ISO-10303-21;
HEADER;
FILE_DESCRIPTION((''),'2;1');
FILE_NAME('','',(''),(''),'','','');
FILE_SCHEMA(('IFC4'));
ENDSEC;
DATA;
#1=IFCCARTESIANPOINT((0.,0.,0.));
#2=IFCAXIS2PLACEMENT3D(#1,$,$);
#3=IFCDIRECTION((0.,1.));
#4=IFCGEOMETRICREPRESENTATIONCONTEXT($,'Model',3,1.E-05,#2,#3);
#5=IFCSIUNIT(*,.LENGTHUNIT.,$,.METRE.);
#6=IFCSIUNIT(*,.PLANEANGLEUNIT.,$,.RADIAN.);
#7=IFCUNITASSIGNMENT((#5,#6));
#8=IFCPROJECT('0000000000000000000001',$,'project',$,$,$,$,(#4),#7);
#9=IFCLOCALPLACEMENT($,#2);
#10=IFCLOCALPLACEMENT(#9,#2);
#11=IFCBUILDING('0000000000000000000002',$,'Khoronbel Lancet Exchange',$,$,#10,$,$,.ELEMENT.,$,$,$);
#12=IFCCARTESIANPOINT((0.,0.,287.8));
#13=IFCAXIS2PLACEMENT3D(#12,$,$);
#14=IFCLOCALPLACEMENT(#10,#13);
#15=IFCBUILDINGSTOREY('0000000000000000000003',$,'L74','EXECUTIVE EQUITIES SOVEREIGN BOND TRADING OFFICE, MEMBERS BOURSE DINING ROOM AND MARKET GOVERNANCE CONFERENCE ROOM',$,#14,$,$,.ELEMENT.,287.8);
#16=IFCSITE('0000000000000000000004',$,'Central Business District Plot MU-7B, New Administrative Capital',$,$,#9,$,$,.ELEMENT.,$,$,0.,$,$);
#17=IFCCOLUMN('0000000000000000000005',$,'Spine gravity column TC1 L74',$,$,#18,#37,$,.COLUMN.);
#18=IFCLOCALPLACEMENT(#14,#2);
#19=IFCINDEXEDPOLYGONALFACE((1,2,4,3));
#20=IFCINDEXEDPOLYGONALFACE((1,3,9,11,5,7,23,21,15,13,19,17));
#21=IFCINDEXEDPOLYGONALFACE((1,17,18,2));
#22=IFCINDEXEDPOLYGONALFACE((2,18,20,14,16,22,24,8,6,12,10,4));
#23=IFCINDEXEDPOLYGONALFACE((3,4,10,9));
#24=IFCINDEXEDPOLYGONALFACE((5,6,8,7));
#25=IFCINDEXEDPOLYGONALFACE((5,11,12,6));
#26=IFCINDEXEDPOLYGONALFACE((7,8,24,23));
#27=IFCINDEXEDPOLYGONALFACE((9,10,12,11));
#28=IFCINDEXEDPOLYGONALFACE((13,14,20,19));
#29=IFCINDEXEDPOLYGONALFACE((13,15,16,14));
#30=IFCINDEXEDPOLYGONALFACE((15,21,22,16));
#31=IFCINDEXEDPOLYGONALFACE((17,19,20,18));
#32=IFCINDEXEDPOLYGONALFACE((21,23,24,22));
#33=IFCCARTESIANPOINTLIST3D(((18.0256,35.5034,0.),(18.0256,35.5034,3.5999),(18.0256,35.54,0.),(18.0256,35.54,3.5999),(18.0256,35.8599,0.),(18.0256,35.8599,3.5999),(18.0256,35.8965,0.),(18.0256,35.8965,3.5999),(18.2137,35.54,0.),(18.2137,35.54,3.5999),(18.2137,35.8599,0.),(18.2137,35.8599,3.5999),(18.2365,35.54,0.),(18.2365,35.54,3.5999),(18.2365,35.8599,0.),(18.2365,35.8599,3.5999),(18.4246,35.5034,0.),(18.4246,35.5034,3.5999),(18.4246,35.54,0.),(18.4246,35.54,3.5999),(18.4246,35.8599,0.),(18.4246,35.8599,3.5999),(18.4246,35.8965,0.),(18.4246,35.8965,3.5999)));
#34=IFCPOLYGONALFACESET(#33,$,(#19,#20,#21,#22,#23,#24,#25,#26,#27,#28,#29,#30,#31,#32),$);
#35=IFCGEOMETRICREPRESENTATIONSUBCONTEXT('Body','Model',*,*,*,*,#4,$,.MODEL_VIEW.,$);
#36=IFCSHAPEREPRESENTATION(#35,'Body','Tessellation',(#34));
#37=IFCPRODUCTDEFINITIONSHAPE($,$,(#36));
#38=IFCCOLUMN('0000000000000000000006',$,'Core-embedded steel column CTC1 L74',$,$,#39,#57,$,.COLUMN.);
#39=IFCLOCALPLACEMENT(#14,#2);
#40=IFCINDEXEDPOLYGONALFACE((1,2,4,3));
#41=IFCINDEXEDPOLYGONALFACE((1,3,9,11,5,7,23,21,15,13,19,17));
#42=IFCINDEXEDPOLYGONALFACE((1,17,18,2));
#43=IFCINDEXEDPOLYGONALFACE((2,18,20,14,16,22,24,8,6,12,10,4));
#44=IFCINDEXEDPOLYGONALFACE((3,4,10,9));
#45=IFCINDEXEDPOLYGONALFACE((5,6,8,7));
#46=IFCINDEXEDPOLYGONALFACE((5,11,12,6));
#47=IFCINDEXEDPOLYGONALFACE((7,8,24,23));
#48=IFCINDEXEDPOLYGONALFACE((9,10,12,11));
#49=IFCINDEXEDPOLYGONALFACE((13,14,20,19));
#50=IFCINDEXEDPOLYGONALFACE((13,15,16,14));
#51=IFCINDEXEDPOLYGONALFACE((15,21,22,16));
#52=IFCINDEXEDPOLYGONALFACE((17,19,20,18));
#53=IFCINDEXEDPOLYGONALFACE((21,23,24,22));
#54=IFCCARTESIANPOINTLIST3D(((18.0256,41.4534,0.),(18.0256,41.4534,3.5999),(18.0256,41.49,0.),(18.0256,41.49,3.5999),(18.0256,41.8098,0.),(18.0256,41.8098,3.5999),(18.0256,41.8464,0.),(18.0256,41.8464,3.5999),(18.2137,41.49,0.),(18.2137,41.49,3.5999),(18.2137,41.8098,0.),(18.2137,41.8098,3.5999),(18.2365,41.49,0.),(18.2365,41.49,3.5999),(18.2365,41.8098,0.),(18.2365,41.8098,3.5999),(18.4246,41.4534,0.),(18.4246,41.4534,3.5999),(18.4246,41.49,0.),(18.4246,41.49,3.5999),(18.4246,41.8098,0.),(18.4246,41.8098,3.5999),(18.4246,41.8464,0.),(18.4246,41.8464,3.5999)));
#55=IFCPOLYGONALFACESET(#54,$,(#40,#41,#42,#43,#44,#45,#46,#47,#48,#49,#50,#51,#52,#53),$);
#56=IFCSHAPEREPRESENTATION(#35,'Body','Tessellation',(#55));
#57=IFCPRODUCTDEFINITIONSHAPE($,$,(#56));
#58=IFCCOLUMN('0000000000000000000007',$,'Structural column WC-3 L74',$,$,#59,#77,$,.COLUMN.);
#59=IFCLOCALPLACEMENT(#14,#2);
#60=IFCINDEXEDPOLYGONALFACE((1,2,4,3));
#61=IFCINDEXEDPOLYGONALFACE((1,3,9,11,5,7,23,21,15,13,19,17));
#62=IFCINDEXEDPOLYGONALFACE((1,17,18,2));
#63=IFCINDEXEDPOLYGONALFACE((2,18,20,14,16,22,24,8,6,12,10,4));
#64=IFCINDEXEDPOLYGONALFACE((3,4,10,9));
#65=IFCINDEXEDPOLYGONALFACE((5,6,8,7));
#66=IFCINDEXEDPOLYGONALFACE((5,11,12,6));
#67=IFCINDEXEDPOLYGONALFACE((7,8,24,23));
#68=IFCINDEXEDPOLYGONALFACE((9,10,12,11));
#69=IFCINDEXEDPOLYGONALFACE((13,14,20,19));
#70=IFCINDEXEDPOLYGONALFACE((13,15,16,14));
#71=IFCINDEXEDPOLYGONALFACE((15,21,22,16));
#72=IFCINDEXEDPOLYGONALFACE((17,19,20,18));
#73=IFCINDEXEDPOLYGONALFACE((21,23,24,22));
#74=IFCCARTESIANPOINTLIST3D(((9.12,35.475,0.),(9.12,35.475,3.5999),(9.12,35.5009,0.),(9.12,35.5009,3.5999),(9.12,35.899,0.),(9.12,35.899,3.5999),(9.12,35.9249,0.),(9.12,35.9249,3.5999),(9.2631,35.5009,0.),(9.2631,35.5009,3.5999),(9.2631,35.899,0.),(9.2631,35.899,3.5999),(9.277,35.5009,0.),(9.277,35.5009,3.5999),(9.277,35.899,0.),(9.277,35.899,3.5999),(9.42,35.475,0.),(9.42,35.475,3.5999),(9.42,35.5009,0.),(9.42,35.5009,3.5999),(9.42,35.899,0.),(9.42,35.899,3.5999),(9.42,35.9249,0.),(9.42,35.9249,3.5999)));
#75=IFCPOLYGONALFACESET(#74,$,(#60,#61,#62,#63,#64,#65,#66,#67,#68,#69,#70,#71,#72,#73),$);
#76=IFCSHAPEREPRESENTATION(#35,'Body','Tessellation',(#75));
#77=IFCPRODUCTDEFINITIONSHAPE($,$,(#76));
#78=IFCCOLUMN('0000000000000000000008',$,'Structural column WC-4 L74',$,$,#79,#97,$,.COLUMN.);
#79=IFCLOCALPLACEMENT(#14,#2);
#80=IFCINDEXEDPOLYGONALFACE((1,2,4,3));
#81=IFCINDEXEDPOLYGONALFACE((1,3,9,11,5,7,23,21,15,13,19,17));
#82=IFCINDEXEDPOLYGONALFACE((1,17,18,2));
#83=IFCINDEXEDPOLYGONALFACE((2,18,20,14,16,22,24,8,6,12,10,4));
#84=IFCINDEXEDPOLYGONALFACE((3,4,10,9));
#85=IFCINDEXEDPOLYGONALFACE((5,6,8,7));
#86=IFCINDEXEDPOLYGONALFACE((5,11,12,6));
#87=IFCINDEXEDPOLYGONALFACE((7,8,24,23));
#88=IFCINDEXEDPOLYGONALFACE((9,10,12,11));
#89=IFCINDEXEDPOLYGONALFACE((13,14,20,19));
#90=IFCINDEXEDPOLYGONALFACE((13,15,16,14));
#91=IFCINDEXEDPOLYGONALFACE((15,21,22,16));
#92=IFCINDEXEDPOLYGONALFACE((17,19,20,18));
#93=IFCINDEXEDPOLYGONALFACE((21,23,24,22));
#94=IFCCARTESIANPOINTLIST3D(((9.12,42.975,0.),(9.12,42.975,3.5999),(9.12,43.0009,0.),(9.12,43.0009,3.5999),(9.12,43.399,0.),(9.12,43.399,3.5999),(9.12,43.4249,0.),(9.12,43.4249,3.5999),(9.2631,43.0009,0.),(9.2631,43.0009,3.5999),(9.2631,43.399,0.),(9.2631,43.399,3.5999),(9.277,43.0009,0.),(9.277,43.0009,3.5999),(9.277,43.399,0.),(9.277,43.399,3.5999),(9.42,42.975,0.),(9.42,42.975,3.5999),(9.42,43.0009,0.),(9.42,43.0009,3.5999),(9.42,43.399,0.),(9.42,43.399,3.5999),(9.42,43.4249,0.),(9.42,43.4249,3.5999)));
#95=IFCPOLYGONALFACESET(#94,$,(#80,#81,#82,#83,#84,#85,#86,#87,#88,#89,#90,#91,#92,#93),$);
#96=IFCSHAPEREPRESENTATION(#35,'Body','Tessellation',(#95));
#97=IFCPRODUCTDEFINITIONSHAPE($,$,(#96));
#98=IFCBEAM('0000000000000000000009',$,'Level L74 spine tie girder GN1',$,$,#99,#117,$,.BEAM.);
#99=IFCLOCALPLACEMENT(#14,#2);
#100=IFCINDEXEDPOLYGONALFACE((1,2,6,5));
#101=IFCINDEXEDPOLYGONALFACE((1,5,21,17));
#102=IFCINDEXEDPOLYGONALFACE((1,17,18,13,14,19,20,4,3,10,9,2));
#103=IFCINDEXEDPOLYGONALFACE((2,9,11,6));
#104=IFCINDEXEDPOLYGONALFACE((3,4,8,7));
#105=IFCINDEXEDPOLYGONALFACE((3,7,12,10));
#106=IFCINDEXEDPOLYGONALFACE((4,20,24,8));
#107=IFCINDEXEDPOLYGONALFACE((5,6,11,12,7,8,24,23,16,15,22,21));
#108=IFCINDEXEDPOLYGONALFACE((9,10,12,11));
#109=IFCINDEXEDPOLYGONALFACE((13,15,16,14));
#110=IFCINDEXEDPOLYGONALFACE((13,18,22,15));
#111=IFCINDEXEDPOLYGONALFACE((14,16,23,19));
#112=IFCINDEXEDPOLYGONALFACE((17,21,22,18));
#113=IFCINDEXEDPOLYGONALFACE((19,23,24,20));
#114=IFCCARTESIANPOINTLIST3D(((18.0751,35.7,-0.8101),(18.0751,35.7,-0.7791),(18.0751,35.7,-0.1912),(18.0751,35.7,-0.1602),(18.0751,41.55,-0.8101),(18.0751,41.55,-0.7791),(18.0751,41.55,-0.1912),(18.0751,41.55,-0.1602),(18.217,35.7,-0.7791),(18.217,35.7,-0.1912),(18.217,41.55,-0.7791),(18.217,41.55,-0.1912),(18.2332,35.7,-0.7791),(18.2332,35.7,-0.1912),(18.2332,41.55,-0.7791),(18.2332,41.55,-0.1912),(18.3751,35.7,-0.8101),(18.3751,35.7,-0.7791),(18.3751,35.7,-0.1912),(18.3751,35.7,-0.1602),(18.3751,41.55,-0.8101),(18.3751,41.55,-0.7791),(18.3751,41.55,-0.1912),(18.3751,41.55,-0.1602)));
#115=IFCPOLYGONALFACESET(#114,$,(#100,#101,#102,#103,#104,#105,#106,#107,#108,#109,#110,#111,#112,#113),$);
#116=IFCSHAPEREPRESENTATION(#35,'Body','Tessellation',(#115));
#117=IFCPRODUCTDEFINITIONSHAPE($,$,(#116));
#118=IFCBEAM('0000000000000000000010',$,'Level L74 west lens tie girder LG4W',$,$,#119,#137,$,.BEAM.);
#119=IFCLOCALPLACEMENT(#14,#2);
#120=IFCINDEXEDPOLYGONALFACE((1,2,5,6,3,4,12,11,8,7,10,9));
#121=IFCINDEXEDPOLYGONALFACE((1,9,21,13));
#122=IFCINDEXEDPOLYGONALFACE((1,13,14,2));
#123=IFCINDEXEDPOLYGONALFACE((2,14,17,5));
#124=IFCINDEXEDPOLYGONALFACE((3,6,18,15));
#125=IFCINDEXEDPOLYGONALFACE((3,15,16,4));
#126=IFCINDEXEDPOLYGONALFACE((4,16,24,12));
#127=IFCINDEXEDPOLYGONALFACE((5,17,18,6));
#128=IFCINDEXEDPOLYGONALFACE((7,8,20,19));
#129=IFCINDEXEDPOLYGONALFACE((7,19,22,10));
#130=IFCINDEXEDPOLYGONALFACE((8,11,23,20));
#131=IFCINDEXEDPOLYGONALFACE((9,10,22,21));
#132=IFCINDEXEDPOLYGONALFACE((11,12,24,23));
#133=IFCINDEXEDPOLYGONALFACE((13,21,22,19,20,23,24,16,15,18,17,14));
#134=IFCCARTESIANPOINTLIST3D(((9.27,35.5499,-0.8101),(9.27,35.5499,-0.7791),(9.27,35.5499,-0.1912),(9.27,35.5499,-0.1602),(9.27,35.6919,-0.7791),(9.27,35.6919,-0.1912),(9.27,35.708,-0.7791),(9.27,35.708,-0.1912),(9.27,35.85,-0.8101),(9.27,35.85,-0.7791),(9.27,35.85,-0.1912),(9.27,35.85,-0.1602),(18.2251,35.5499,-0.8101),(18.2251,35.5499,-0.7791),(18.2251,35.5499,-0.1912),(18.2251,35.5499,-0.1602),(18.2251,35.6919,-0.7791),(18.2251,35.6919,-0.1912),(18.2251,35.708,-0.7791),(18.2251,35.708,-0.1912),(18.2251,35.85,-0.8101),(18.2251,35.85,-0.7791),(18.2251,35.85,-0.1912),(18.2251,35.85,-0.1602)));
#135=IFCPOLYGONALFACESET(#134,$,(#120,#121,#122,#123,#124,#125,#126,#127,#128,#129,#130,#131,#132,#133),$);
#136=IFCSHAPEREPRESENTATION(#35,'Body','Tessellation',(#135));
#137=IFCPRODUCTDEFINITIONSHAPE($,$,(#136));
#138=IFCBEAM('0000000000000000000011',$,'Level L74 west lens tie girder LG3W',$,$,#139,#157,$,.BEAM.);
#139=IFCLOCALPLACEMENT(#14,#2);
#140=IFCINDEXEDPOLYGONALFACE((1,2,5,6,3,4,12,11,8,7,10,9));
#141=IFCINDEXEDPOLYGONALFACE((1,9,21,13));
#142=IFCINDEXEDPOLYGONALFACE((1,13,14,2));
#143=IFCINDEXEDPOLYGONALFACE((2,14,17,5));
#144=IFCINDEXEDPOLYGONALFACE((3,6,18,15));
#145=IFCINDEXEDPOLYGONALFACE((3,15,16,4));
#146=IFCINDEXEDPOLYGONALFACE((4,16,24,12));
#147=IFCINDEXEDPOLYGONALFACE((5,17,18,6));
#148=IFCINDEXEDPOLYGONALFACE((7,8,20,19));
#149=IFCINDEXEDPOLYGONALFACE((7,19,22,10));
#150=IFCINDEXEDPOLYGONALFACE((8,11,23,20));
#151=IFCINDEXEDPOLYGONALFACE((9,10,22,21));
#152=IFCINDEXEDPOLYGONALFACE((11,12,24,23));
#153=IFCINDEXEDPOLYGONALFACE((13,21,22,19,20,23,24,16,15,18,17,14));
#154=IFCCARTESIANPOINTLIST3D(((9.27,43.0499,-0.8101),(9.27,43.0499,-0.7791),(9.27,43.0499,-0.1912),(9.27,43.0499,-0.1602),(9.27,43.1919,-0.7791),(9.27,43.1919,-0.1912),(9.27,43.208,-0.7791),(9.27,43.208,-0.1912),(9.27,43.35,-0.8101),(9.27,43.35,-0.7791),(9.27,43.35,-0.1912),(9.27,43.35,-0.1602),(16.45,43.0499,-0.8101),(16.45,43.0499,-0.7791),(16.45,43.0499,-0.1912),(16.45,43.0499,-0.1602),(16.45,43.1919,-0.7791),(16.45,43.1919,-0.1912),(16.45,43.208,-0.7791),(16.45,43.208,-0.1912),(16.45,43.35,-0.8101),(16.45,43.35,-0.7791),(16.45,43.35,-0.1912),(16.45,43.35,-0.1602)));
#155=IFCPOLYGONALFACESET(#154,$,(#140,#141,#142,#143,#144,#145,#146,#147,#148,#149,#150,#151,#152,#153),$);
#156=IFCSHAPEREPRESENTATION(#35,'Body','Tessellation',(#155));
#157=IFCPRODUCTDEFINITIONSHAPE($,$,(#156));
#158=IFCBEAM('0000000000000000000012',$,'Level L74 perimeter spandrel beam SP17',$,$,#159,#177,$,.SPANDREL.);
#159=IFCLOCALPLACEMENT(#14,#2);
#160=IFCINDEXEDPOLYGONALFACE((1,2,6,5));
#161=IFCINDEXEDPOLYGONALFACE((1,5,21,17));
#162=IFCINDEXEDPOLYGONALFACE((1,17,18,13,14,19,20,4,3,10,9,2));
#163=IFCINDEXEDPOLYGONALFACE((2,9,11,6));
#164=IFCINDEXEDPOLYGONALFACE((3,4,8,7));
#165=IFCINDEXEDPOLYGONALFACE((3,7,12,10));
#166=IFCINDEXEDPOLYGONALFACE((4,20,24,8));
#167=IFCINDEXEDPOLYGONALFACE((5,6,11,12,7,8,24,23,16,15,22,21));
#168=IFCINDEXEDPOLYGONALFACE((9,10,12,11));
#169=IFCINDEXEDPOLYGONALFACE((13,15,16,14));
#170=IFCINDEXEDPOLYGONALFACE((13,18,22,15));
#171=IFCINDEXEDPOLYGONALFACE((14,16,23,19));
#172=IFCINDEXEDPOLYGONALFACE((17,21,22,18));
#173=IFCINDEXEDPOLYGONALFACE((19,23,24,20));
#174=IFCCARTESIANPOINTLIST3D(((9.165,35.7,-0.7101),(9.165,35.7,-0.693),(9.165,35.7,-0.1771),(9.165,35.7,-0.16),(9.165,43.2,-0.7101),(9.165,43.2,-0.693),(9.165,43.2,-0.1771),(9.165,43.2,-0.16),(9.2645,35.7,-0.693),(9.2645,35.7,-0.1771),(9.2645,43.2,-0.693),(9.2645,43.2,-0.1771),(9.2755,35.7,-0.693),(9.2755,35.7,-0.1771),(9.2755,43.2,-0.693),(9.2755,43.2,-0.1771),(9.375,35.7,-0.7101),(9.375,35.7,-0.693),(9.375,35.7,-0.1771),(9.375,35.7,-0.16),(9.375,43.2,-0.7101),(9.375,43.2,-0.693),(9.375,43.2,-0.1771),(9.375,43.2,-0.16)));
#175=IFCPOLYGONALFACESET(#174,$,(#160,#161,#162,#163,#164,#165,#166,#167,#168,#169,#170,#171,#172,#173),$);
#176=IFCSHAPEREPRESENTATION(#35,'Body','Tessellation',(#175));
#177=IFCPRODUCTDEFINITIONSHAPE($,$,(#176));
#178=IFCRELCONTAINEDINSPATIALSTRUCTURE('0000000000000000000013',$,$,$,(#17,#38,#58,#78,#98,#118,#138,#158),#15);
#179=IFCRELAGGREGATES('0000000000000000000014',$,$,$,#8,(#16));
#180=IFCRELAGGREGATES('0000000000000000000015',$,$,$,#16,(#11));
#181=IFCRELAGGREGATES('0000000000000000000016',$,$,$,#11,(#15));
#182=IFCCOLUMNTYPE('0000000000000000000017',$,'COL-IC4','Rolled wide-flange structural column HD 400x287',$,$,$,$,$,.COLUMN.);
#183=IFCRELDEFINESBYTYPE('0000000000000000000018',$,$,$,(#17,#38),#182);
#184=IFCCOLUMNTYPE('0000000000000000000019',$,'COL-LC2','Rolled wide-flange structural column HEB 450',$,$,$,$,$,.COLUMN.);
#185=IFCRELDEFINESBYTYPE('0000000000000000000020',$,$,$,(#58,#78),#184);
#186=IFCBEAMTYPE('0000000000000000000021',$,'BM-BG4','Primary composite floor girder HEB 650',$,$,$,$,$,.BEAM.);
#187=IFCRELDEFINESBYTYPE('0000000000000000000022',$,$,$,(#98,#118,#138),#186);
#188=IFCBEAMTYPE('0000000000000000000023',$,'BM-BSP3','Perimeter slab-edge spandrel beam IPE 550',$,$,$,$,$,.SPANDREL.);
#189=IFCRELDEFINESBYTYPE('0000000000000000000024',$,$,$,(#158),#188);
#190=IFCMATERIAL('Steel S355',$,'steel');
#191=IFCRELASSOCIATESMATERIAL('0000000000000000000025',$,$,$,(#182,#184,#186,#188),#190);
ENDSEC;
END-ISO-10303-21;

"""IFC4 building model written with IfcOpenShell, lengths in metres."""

from ifc_helpers import new_model, si_unit, direction, frame, origin, origin_2d, place, context, subcontext, project, spatial, i_section, extrude, material, material_profile, profile_set, type_object, element, save


model = new_model("IFC4")

# Units and contexts
model_context = context("Model", 3, precision=1e-05, world=origin(), true_north=direction((0.0, 1.0)))
body_context = subcontext(model_context, "Body", "Model", "MODEL_VIEW")
ifc_project = project(units=[si_unit("LENGTHUNIT", "METRE"), si_unit("PLANEANGLEUNIT", "RADIAN")], contexts=[model_context])

# Site, building, storey
site_placement = place(None, origin())
site = spatial("IfcSite", under=ifc_project, at=site_placement, Name="Central Business District Plot MU-7B, New Administrative Capital", CompositionType="ELEMENT", RefElevation=0.0)
building_placement = place(site_placement, origin())
building = spatial("IfcBuilding", under=site, at=building_placement, Name="Khoronbel Lancet Exchange", CompositionType="ELEMENT")
storey_placement = place(building_placement, frame((0.0, 0.0, 287.8)))
storey = spatial("IfcBuildingStorey", under=building, at=storey_placement, Name="L74", Description="EXECUTIVE EQUITIES SOVEREIGN BOND TRADING OFFICE, MEMBERS BOURSE DINING ROOM AND MARKET GOVERNANCE CONFERENCE ROOM", CompositionType="ELEMENT", Elevation=287.8)

# Columns
ifc_material_1 = material(Name="Steel S355", Category="steel")
ifc_material_profile_1 = material_profile(ifc_material_1, i_section(OverallWidth=0.3989, OverallDepth=0.3931, WebThickness=0.0227, FlangeThickness=0.0366, at=origin_2d()), Name="HD 400x287")
ifc_profile_set_1 = profile_set([ifc_material_profile_1], Name="Steel S355")
column_type_1 = type_object("IfcColumnType", Name="COL-IC4", Description="Rolled wide-flange structural column HD 400x287", PredefinedType="COLUMN", material=ifc_profile_set_1)
for number, where, z_axis, x_axis, name in (
    (1, (18.2251, 35.7, 0.0), (0.0, 0.0, 1.0), (1.0, 0.0, 0.0), "Spine gravity column TC1 L74"),
    (2, (18.2251, 41.6499, 0.0), (0.0, 0.0, 1.0), (1.0, 0.0, 0.0), "Core-embedded steel column CTC1 L74"),
):
    element("IfcColumn", number, at=place(storey_placement, frame(where, z_axis=z_axis, x_axis=x_axis)), inside=storey, type_object=column_type_1, Name=name, PredefinedType="COLUMN", context=body_context, shape_type="SweptSolid", body=[
        extrude(i_section(OverallWidth=0.3989, OverallDepth=0.3931, WebThickness=0.0227, FlangeThickness=0.0366, at=origin_2d()), origin(), (0.0, 0.0, 1.0), 3.5999),
    ])
ifc_material_profile_2 = material_profile(ifc_material_1, i_section(OverallWidth=0.3, OverallDepth=0.45, WebThickness=0.0139, FlangeThickness=0.0259, at=origin_2d()), Name="HEB 450")
ifc_profile_set_2 = profile_set([ifc_material_profile_2], Name="Steel S355")
column_type_2 = type_object("IfcColumnType", Name="COL-LC2", Description="Rolled wide-flange structural column HEB 450", PredefinedType="COLUMN", material=ifc_profile_set_2)
for number, where, z_axis, x_axis, name in (
    (3, (9.27, 35.7, 0.0), (0.0, 0.0, 1.0), (1.0, 0.0, 0.0), "Structural column WC-3 L74"),
    (4, (9.27, 43.2, 0.0), (0.0, 0.0, 1.0), (1.0, 0.0, 0.0), "Structural column WC-4 L74"),
):
    element("IfcColumn", number, at=place(storey_placement, frame(where, z_axis=z_axis, x_axis=x_axis)), inside=storey, type_object=column_type_2, Name=name, PredefinedType="COLUMN", context=body_context, shape_type="SweptSolid", body=[
        extrude(i_section(OverallWidth=0.3, OverallDepth=0.45, WebThickness=0.0139, FlangeThickness=0.0259, at=origin_2d()), origin(), (0.0, 0.0, 1.0), 3.5999),
    ])

# Beams
ifc_material_profile_3 = material_profile(ifc_material_1, i_section(OverallWidth=0.3, OverallDepth=0.6499, WebThickness=0.0161, FlangeThickness=0.031, at=origin_2d()), Name="HEB 650")
ifc_profile_set_3 = profile_set([ifc_material_profile_3], Name="Steel S355")
beam_type_1 = type_object("IfcBeamType", Name="BM-BG4", Description="Primary composite floor girder HEB 650", PredefinedType="BEAM", material=ifc_profile_set_3)
beam_1_placement = place(storey_placement, frame((18.2251, 35.7, -0.4851), z_axis=(0.0, 1.0, 0.0), x_axis=(-1.0, 0.0, 0.0)))
element("IfcBeam", 5, at=beam_1_placement, inside=storey, type_object=beam_type_1, Name="Level L74 spine tie girder GN1", PredefinedType="BEAM", context=body_context, shape_type="SweptSolid", body=[
    extrude(i_section(OverallWidth=0.3, OverallDepth=0.6499, WebThickness=0.0161, FlangeThickness=0.031, at=origin_2d()), origin(), (0.0, 0.0, 1.0), 5.8501),
])
beam_2_placement = place(storey_placement, frame((9.27, 35.7, -0.4851), z_axis=(1.0, 0.0, 0.0), x_axis=(0.0, 1.0, 0.0)))
element("IfcBeam", 6, at=beam_2_placement, inside=storey, type_object=beam_type_1, Name="Level L74 west lens tie girder LG4W", PredefinedType="BEAM", context=body_context, shape_type="SweptSolid", body=[
    extrude(i_section(OverallWidth=0.3, OverallDepth=0.6499, WebThickness=0.0161, FlangeThickness=0.031, at=origin_2d()), origin(), (0.0, 0.0, 1.0), 8.9551),
])
beam_3_placement = place(storey_placement, frame((9.27, 43.2, -0.4851), z_axis=(1.0, 0.0, 0.0), x_axis=(0.0, 1.0, 0.0)))
element("IfcBeam", 7, at=beam_3_placement, inside=storey, type_object=beam_type_1, Name="Level L74 west lens tie girder LG3W", PredefinedType="BEAM", context=body_context, shape_type="SweptSolid", body=[
    extrude(i_section(OverallWidth=0.3, OverallDepth=0.6499, WebThickness=0.0161, FlangeThickness=0.031, at=origin_2d()), origin(), (0.0, 0.0, 1.0), 7.1799),
])
ifc_material_profile_4 = material_profile(ifc_material_1, i_section(OverallWidth=0.21, OverallDepth=0.55, WebThickness=0.011, FlangeThickness=0.0171, at=origin_2d()), Name="IPE 550")
ifc_profile_set_4 = profile_set([ifc_material_profile_4], Name="Steel S355")
beam_type_2 = type_object("IfcBeamType", Name="BM-BSP3", Description="Perimeter slab-edge spandrel beam IPE 550", PredefinedType="SPANDREL", material=ifc_profile_set_4)
beam_4_placement = place(storey_placement, frame((9.27, 43.2, -0.4351), z_axis=(0.0, -1.0, 0.0), x_axis=(1.0, 0.0, 0.0)))
element("IfcBeam", 8, at=beam_4_placement, inside=storey, type_object=beam_type_2, Name="Level L74 perimeter spandrel beam SP17", PredefinedType="SPANDREL", context=body_context, shape_type="SweptSolid", body=[
    extrude(i_section(OverallWidth=0.21, OverallDepth=0.55, WebThickness=0.011, FlangeThickness=0.0171, at=origin_2d()), origin(), (0.0, 0.0, 1.0), 7.5),
])

save(model, "model.ifc")
